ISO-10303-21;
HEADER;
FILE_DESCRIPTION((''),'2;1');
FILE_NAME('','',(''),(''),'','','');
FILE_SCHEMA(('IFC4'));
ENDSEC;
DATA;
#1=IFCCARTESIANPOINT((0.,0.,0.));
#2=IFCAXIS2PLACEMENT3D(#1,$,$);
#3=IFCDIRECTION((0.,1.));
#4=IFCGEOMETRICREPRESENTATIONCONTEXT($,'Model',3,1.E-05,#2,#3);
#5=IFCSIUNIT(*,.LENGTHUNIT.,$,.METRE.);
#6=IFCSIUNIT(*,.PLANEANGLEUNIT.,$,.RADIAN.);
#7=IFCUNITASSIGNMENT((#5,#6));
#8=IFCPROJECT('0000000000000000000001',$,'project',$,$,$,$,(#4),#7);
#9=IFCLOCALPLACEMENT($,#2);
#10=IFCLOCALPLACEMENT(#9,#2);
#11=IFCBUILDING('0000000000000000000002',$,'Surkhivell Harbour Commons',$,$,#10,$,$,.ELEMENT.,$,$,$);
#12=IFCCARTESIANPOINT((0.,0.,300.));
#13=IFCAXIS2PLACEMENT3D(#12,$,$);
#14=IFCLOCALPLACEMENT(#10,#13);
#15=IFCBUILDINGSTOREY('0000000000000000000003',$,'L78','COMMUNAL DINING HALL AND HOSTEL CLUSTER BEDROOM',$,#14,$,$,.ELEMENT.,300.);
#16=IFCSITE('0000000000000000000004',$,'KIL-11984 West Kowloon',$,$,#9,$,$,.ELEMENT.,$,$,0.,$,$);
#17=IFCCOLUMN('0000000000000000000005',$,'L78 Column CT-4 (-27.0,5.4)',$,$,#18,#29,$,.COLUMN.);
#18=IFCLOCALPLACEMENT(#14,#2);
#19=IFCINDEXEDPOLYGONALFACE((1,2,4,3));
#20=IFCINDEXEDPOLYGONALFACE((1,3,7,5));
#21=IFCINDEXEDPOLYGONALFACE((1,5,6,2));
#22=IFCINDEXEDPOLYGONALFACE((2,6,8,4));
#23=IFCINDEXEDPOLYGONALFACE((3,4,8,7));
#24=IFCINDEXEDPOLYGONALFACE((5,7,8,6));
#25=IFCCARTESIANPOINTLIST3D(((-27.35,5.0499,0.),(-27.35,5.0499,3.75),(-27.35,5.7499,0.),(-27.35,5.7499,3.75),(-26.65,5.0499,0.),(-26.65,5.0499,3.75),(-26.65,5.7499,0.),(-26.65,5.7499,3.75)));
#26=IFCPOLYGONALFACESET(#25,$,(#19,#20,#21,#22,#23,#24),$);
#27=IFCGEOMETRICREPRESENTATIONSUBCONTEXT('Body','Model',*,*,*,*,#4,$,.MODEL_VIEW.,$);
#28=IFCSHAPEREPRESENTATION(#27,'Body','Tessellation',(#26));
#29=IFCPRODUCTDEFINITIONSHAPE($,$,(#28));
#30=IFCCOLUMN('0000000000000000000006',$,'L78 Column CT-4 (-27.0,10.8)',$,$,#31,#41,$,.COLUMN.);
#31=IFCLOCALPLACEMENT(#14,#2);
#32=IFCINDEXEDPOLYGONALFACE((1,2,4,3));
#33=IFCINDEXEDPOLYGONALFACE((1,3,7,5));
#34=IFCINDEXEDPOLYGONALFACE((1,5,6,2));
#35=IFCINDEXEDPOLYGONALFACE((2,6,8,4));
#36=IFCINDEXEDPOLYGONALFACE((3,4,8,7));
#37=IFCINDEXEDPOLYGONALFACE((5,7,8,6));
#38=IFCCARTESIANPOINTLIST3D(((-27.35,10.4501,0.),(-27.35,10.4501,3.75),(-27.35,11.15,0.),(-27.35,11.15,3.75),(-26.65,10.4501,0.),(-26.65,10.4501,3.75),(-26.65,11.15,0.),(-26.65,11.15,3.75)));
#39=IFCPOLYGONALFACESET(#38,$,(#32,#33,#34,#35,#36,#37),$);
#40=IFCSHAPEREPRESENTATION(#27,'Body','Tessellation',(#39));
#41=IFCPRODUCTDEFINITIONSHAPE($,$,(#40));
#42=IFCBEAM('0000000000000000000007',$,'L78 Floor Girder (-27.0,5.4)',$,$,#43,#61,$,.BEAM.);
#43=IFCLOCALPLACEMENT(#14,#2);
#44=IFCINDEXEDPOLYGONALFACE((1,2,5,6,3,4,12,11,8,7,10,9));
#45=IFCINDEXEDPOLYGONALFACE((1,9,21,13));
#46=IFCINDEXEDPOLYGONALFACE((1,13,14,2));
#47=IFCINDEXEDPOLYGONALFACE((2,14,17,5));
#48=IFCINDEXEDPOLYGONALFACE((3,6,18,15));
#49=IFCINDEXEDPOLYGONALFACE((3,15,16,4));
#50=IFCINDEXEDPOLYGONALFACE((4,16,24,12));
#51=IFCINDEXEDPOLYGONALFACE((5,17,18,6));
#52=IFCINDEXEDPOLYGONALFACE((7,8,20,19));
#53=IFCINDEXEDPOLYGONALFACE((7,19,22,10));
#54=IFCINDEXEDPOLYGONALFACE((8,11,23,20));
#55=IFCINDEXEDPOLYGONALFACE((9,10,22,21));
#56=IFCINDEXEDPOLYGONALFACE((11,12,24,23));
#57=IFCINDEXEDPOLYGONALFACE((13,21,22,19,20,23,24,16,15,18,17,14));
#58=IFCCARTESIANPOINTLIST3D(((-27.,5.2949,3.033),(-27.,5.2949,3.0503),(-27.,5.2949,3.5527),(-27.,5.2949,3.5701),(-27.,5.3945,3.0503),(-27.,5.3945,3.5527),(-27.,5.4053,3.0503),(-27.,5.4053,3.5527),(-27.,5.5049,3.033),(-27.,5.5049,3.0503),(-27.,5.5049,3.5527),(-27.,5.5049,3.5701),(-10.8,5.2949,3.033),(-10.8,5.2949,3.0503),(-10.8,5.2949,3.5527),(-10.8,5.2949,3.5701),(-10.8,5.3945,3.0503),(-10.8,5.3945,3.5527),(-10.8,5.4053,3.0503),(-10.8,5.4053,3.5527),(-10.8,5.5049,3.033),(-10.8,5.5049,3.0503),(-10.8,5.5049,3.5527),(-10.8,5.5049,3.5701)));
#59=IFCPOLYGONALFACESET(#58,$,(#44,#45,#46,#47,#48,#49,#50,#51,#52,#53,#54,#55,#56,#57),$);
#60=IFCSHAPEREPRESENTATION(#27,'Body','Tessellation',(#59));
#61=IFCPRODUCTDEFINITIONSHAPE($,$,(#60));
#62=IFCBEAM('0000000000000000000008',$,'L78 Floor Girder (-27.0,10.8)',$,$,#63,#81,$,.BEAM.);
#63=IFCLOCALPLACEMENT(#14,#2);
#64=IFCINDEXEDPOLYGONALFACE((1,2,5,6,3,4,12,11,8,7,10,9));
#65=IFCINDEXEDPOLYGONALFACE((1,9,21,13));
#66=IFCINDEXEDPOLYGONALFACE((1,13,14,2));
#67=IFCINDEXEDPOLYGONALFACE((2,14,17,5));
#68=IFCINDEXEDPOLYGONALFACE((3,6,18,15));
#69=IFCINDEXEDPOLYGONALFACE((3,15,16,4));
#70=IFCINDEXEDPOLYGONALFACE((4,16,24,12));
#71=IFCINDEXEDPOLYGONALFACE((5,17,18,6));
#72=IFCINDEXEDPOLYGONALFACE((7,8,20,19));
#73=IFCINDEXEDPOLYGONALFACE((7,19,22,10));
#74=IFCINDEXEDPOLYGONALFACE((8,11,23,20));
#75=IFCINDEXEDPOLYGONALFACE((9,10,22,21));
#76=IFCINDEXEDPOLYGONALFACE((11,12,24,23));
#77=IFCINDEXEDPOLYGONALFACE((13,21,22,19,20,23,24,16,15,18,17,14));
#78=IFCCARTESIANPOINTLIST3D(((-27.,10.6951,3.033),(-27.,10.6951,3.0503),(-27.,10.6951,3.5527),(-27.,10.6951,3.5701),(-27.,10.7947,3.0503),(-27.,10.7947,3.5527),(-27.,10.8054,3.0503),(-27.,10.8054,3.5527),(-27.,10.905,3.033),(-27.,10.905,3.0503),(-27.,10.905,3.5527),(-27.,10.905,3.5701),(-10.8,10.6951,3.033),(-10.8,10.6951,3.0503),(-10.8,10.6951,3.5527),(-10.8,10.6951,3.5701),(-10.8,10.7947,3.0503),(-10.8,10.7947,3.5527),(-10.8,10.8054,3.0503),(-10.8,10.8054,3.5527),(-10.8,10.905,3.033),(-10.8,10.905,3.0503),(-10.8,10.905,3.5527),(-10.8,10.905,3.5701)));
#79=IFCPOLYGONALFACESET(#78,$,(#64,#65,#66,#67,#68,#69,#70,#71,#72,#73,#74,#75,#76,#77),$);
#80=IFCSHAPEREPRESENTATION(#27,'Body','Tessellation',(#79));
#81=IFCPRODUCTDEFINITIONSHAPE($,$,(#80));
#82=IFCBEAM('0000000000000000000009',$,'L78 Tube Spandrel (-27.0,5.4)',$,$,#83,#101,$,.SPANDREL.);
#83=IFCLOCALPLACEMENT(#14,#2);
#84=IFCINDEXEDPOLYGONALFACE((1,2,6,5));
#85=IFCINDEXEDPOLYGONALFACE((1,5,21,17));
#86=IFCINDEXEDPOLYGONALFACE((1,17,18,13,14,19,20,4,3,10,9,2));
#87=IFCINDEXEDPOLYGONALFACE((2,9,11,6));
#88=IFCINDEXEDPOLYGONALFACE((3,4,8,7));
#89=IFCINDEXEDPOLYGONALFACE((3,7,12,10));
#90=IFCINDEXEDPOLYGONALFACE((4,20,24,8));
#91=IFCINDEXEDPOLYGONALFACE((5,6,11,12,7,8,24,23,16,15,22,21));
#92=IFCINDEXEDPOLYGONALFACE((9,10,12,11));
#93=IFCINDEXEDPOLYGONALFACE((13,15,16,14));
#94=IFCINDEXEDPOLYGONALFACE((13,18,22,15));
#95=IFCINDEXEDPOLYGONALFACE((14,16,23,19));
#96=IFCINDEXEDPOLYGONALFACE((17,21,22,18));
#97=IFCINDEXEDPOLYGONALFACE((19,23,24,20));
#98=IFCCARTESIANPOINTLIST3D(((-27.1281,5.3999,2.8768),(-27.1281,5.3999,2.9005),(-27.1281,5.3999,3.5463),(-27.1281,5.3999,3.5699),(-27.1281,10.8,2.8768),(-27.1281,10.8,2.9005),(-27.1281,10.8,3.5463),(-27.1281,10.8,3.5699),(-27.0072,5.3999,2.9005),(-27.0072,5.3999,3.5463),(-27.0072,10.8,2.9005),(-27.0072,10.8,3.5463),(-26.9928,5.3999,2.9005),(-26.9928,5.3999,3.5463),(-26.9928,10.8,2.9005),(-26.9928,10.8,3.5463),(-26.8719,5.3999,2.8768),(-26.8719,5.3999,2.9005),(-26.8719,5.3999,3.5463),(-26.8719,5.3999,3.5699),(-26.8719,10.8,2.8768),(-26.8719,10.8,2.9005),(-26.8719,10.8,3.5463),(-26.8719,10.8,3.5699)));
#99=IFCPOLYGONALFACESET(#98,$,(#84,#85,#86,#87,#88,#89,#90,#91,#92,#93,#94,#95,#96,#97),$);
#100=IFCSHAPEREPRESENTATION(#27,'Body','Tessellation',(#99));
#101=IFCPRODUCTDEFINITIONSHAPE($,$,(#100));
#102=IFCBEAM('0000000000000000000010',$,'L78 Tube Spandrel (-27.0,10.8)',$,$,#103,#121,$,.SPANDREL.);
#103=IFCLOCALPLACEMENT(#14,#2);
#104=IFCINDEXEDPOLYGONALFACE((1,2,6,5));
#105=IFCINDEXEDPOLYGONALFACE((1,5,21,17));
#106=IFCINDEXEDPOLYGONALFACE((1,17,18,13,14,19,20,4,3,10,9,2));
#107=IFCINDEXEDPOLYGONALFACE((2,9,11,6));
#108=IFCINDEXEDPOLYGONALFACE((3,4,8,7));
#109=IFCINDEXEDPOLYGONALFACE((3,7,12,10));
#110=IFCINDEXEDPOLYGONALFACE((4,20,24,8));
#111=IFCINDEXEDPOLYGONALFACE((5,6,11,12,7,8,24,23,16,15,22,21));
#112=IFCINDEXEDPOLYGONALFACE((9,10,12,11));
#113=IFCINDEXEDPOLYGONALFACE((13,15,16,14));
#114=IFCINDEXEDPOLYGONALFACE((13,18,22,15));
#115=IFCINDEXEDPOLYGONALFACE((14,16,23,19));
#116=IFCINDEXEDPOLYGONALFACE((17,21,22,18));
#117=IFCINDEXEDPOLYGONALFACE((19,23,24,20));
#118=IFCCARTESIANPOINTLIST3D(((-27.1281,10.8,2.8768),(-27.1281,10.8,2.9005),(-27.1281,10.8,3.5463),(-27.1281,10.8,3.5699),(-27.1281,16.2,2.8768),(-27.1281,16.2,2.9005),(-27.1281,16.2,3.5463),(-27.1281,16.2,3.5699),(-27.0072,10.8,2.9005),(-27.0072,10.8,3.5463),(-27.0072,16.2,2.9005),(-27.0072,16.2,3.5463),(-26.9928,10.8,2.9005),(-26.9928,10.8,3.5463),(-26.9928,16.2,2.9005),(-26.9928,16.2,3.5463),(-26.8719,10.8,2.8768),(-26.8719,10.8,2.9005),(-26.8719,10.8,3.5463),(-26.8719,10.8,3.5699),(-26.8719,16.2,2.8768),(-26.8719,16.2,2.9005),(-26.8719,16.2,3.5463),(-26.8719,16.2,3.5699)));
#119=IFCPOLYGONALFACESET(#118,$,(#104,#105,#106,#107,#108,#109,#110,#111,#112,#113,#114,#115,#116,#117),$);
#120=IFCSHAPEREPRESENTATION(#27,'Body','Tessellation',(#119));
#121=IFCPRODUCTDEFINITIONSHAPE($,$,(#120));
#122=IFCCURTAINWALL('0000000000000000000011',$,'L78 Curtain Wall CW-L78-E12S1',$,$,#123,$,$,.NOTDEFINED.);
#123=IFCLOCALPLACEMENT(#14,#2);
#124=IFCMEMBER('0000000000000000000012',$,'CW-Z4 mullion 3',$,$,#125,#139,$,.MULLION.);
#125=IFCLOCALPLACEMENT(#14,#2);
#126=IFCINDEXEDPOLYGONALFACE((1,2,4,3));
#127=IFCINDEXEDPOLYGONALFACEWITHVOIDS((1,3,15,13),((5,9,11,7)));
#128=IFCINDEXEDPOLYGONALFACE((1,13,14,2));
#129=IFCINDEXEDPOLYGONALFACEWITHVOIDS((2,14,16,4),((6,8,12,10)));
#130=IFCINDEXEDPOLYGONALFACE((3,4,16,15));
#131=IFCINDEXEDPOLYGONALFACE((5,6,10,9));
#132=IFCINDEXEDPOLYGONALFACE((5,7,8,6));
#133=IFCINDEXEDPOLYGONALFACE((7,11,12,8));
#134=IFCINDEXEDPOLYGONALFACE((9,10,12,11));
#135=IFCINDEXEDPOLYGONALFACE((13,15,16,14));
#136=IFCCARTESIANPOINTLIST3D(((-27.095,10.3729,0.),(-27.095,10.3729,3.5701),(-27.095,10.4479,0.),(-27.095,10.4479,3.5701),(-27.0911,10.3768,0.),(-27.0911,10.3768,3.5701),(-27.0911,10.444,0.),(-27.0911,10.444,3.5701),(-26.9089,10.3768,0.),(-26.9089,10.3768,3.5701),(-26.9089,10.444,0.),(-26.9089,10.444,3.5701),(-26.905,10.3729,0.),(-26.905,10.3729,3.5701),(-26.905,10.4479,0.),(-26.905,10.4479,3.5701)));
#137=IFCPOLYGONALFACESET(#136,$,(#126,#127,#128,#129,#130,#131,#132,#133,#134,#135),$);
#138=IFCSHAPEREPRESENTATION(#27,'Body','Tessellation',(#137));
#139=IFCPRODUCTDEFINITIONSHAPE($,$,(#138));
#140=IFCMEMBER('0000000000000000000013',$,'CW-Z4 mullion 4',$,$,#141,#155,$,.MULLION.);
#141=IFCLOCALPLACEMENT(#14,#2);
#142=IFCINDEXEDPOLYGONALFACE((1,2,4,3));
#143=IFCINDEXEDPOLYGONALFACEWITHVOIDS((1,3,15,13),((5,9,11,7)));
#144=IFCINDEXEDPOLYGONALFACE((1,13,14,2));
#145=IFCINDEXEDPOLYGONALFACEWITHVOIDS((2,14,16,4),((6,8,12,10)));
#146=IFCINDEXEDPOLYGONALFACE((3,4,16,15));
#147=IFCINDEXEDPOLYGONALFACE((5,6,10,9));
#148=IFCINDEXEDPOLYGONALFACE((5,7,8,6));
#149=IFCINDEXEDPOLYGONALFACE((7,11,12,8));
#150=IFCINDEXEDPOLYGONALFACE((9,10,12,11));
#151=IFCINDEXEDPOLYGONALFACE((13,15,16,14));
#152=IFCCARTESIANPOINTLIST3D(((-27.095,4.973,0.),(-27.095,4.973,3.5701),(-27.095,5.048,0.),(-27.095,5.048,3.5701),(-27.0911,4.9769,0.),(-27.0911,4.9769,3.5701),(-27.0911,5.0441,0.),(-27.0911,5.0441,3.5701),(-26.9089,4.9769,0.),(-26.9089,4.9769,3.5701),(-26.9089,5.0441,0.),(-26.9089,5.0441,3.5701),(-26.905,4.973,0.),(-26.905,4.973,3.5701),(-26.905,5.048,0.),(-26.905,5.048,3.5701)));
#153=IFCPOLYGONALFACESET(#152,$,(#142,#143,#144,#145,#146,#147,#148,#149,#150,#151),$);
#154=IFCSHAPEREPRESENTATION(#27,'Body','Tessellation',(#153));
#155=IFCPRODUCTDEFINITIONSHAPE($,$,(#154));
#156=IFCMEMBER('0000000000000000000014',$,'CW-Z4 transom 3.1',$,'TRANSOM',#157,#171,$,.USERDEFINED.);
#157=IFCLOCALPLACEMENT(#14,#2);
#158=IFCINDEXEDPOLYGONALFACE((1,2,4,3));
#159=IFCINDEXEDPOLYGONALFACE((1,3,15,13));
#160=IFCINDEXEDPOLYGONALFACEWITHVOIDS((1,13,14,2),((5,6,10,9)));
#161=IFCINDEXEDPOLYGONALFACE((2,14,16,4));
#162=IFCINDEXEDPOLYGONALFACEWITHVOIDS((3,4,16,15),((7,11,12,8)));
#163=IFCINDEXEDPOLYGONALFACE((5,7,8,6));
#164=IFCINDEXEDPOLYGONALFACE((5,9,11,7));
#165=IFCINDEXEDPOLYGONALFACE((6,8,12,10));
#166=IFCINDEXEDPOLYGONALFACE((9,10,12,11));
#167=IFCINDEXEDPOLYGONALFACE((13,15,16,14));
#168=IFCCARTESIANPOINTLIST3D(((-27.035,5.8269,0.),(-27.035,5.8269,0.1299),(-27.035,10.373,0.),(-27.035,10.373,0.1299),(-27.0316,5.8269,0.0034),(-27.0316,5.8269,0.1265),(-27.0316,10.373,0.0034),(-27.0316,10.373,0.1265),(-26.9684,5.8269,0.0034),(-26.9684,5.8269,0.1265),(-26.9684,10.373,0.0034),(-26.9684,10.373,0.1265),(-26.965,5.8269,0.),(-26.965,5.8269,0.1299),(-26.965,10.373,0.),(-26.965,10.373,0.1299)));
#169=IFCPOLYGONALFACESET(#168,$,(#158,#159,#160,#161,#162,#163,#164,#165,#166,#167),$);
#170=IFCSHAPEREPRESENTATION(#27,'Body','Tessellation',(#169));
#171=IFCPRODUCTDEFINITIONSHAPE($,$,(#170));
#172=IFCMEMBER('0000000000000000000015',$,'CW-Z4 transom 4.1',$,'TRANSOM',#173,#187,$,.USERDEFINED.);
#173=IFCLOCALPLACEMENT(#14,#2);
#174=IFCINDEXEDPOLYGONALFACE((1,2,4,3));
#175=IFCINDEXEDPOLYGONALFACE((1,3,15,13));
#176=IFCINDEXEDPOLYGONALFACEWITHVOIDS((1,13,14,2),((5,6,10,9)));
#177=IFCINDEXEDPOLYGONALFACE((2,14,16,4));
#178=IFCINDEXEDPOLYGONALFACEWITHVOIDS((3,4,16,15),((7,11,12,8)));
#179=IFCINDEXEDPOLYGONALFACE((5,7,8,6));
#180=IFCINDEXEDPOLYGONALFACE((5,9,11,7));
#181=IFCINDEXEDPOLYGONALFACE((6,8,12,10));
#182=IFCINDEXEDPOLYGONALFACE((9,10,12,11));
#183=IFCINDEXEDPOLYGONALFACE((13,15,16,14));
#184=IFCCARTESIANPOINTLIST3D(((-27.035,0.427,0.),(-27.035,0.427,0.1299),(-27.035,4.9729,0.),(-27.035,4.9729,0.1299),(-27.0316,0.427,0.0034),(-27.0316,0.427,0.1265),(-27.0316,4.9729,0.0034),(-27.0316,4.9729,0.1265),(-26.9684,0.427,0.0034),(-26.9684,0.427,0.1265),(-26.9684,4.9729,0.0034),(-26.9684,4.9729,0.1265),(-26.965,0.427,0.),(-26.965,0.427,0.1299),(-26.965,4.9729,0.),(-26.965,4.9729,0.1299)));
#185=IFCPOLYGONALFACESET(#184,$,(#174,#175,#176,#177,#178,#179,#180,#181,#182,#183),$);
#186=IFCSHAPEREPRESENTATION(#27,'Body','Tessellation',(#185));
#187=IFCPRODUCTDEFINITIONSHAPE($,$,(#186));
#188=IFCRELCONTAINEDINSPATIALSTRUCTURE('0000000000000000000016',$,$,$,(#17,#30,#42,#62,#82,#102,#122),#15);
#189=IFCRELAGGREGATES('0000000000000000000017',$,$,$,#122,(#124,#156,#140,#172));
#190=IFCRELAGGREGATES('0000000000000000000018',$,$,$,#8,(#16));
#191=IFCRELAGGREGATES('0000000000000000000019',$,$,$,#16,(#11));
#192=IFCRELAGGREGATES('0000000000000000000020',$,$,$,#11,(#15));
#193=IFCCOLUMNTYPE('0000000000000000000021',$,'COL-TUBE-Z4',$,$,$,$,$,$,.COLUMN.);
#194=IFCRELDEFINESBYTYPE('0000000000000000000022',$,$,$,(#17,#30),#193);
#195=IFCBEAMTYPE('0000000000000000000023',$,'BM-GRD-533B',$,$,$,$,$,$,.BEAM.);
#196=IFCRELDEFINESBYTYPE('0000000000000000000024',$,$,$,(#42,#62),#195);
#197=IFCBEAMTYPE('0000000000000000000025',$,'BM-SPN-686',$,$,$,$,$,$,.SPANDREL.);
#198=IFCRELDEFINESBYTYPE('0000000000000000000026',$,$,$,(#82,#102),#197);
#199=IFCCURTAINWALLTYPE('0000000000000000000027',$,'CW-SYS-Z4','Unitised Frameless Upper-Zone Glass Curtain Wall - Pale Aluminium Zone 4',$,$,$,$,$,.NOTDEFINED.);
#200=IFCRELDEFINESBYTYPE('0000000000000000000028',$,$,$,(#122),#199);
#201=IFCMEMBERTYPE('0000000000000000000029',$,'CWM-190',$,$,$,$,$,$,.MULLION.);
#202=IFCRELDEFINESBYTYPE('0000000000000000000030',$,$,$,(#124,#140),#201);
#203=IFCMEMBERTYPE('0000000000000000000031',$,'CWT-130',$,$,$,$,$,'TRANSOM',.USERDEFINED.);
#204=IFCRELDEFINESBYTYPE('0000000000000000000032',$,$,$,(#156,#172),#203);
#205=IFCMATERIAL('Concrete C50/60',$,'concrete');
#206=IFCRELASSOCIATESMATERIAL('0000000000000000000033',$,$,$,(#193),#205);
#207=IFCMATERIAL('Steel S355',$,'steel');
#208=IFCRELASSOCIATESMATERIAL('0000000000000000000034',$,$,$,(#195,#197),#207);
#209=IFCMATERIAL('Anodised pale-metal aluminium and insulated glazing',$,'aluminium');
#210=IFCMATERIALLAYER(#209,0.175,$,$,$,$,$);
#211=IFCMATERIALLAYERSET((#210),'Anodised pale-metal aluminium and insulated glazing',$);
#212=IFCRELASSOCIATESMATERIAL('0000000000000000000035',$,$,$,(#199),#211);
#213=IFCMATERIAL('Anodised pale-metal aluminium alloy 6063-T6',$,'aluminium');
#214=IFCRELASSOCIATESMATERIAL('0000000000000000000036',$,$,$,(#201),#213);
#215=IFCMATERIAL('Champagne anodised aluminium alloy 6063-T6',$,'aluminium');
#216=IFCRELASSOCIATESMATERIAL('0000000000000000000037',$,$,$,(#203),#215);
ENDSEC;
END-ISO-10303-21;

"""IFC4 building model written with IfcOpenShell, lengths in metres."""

from ifc_helpers import new_model, si_unit, direction, frame, origin, origin_2d, place, context, subcontext, project, spatial, rectangle, hollow_rectangle, i_section, extrude, material, layer, layer_set, material_profile, profile_set, type_object, element, aggregate, save


model = new_model("IFC4")

# Units and contexts
model_context = context("Model", 3, precision=1e-05, world=origin(), true_north=direction((0.0, 1.0)))
body_context = subcontext(model_context, "Body", "Model", "MODEL_VIEW")
ifc_project = project(units=[si_unit("LENGTHUNIT", "METRE"), si_unit("PLANEANGLEUNIT", "RADIAN")], contexts=[model_context])

# Site, building, storey
site_placement = place(None, origin())
site = spatial("IfcSite", under=ifc_project, at=site_placement, Name="KIL-11984 West Kowloon", CompositionType="ELEMENT", RefElevation=0.0)
building_placement = place(site_placement, origin())
building = spatial("IfcBuilding", under=site, at=building_placement, Name="Surkhivell Harbour Commons", CompositionType="ELEMENT")
storey_placement = place(building_placement, frame((0.0, 0.0, 300.0)))
storey = spatial("IfcBuildingStorey", under=building, at=storey_placement, Name="L78", Description="COMMUNAL DINING HALL AND HOSTEL CLUSTER BEDROOM", CompositionType="ELEMENT", Elevation=300.0)

# Columns
ifc_material_1 = material(Name="Concrete C50/60", Category="concrete")
ifc_material_profile_1 = material_profile(ifc_material_1, rectangle(XDim=0.7, YDim=0.7, at=origin_2d()), Name="RC-COL-700x700")
ifc_profile_set_1 = profile_set([ifc_material_profile_1], Name="Concrete C50/60")
column_type = type_object("IfcColumnType", Name="COL-TUBE-Z4", PredefinedType="COLUMN", material=ifc_profile_set_1)
for number, where, z_axis, x_axis, name in (
    (1, (-27.0, 5.3999, 0.0), (0.0, 0.0, 1.0), (1.0, 0.0, 0.0), "L78 Column CT-4 (-27.0,5.4)"),
    (2, (-27.0, 10.8, 0.0), (0.0, 0.0, 1.0), (1.0, 0.0, 0.0), "L78 Column CT-4 (-27.0,10.8)"),
):
    element("IfcColumn", number, at=place(storey_placement, frame(where, z_axis=z_axis, x_axis=x_axis)), inside=storey, type_object=column_type, Name=name, PredefinedType="COLUMN", context=body_context, shape_type="SweptSolid", body=[
        extrude(rectangle(XDim=0.7, YDim=0.7, at=origin_2d()), origin(), (0.0, 0.0, 1.0), 3.75),
    ])

# Beams
ifc_material_2 = material(Name="Steel S355", Category="steel")
ifc_material_profile_2 = material_profile(ifc_material_2, i_section(OverallWidth=0.21, OverallDepth=0.5371, WebThickness=0.0107, FlangeThickness=0.0173, at=origin_2d()), Name="UB533x210x101")
ifc_profile_set_2 = profile_set([ifc_material_profile_2], Name="Steel S355")
beam_type_1 = type_object("IfcBeamType", Name="BM-GRD-533B", PredefinedType="BEAM", material=ifc_profile_set_2)
for number, where, z_axis, x_axis, name in (
    (3, (-27.0, 5.3999, 3.3015), (1.0, 0.0, 0.0), (0.0, 1.0, 0.0), "L78 Floor Girder (-27.0,5.4)"),
    (4, (-27.0, 10.8, 3.3015), (1.0, 0.0, 0.0), (0.0, 1.0, 0.0), "L78 Floor Girder (-27.0,10.8)"),
):
    element("IfcBeam", number, at=place(storey_placement, frame(where, z_axis=z_axis, x_axis=x_axis)), inside=storey, type_object=beam_type_1, Name=name, PredefinedType="BEAM", context=body_context, shape_type="SweptSolid", body=[
        extrude(i_section(OverallWidth=0.21, OverallDepth=0.5371, WebThickness=0.0107, FlangeThickness=0.0173, at=origin_2d()), origin(), (0.0, 0.0, 1.0), 16.2),
    ])
ifc_material_profile_3 = material_profile(ifc_material_2, i_section(OverallWidth=0.2561, OverallDepth=0.6931, WebThickness=0.0144, FlangeThickness=0.0237, at=origin_2d()), Name="UB686x254x170")
ifc_profile_set_3 = profile_set([ifc_material_profile_3], Name="Steel S355")
beam_type_2 = type_object("IfcBeamType", Name="BM-SPN-686", PredefinedType="SPANDREL", material=ifc_profile_set_3)
beam_1_placement = place(storey_placement, frame((-27.0, 5.3999, 3.2234), z_axis=(0.0, 1.0, 0.0), x_axis=(-1.0, 0.0, 0.0)))
element("IfcBeam", 5, at=beam_1_placement, inside=storey, type_object=beam_type_2, Name="L78 Tube Spandrel (-27.0,5.4)", PredefinedType="SPANDREL", context=body_context, shape_type="SweptSolid", body=[
    extrude(i_section(OverallWidth=0.2561, OverallDepth=0.6931, WebThickness=0.0144, FlangeThickness=0.0237, at=origin_2d()), origin(), (0.0, 0.0, 1.0), 5.4001),
])
beam_2_placement = place(storey_placement, frame((-27.0, 10.8, 3.2234), z_axis=(0.0, 1.0, 0.0), x_axis=(-1.0, 0.0, 0.0)))
element("IfcBeam", 6, at=beam_2_placement, inside=storey, type_object=beam_type_2, Name="L78 Tube Spandrel (-27.0,10.8)", PredefinedType="SPANDREL", context=body_context, shape_type="SweptSolid", body=[
    extrude(i_section(OverallWidth=0.2561, OverallDepth=0.6931, WebThickness=0.0144, FlangeThickness=0.0237, at=origin_2d()), origin(), (0.0, 0.0, 1.0), 5.3999),
])

# Curtain wall, members
ifc_material_3 = material(Name="Anodised pale-metal aluminium and insulated glazing", Category="aluminium")
ifc_layer_1 = layer(ifc_material_3, 0.175)
ifc_layer_set_1 = layer_set([ifc_layer_1], Name="Anodised pale-metal aluminium and insulated glazing")
curtain_wall_type = type_object("IfcCurtainWallType", Name="CW-SYS-Z4", Description="Unitised Frameless Upper-Zone Glass Curtain Wall - Pale Aluminium Zone 4", PredefinedType="NOTDEFINED", material=ifc_layer_set_1)
curtain_wall_placement = place(storey_placement, origin())
curtain_wall = element("IfcCurtainWall", 7, at=curtain_wall_placement, inside=storey, type_object=curtain_wall_type, Name="L78 Curtain Wall CW-L78-E12S1", PredefinedType="NOTDEFINED")
ifc_material_4 = material(Name="Anodised pale-metal aluminium alloy 6063-T6", Category="aluminium")
ifc_material_profile_4 = material_profile(ifc_material_4, hollow_rectangle(XDim=0.075, YDim=0.1899, WallThickness=0.0039, at=origin_2d()), Name="ALU-MULL-75x190")
ifc_profile_set_4 = profile_set([ifc_material_profile_4], Name="Anodised pale-metal aluminium alloy 6063-T6")
member_type_1 = type_object("IfcMemberType", Name="CWM-190", PredefinedType="MULLION", material=ifc_profile_set_4)
member_1_placement = place(storey_placement, frame((-27.0, 10.4104, 0.0), z_axis=(0.0, 0.0, 1.0), x_axis=(0.0, -1.0, 0.0)))
member_1 = element("IfcMember", 8, at=member_1_placement, type_object=member_type_1, Name="CW-Z4 mullion 3", PredefinedType="MULLION", context=body_context, shape_type="SweptSolid", body=[
    extrude(hollow_rectangle(XDim=0.075, YDim=0.1899, WallThickness=0.0039, at=origin_2d()), origin(), (0.0, 0.0, 1.0), 3.5701),
])
member_2_placement = place(storey_placement, frame((-27.0, 5.0105, 0.0), z_axis=(0.0, 0.0, 1.0), x_axis=(0.0, -1.0, 0.0)))
member_2 = element("IfcMember", 9, at=member_2_placement, type_object=member_type_1, Name="CW-Z4 mullion 4", PredefinedType="MULLION", context=body_context, shape_type="SweptSolid", body=[
    extrude(hollow_rectangle(XDim=0.075, YDim=0.1899, WallThickness=0.0039, at=origin_2d()), origin(), (0.0, 0.0, 1.0), 3.5701),
])
ifc_material_5 = material(Name="Champagne anodised aluminium alloy 6063-T6", Category="aluminium")
ifc_material_profile_5 = material_profile(ifc_material_5, hollow_rectangle(XDim=0.0701, YDim=0.1299, WallThickness=0.0034, at=origin_2d()), Name="ALU-TRAN-70x130")
ifc_profile_set_5 = profile_set([ifc_material_profile_5], Name="Champagne anodised aluminium alloy 6063-T6")
member_type_2 = type_object("IfcMemberType", Name="CWT-130", ElementType="TRANSOM", PredefinedType="USERDEFINED", material=ifc_profile_set_5)
member_3_placement = place(storey_placement, frame((-27.0, 10.373, 0.0649), z_axis=(0.0, -1.0, 0.0), x_axis=(1.0, 0.0, 0.0)))
member_3 = element("IfcMember", 10, at=member_3_placement, type_object=member_type_2, Name="CW-Z4 transom 3.1", ObjectType="TRANSOM", PredefinedType="USERDEFINED", context=body_context, shape_type="SweptSolid", body=[
    extrude(hollow_rectangle(XDim=0.0701, YDim=0.1299, WallThickness=0.0034, at=origin_2d()), origin(), (0.0, 0.0, 1.0), 4.5461),
])
member_4_placement = place(storey_placement, frame((-27.0, 4.9729, 0.0649), z_axis=(0.0, -1.0, 0.0), x_axis=(1.0, 0.0, 0.0)))
member_4 = element("IfcMember", 11, at=member_4_placement, type_object=member_type_2, Name="CW-Z4 transom 4.1", ObjectType="TRANSOM", PredefinedType="USERDEFINED", context=body_context, shape_type="SweptSolid", body=[
    extrude(hollow_rectangle(XDim=0.0701, YDim=0.1299, WallThickness=0.0034, at=origin_2d()), origin(), (0.0, 0.0, 1.0), 4.5459),
])
aggregate(curtain_wall, [member_1, member_3, member_2, member_4])

save(model, "model.ifc")
